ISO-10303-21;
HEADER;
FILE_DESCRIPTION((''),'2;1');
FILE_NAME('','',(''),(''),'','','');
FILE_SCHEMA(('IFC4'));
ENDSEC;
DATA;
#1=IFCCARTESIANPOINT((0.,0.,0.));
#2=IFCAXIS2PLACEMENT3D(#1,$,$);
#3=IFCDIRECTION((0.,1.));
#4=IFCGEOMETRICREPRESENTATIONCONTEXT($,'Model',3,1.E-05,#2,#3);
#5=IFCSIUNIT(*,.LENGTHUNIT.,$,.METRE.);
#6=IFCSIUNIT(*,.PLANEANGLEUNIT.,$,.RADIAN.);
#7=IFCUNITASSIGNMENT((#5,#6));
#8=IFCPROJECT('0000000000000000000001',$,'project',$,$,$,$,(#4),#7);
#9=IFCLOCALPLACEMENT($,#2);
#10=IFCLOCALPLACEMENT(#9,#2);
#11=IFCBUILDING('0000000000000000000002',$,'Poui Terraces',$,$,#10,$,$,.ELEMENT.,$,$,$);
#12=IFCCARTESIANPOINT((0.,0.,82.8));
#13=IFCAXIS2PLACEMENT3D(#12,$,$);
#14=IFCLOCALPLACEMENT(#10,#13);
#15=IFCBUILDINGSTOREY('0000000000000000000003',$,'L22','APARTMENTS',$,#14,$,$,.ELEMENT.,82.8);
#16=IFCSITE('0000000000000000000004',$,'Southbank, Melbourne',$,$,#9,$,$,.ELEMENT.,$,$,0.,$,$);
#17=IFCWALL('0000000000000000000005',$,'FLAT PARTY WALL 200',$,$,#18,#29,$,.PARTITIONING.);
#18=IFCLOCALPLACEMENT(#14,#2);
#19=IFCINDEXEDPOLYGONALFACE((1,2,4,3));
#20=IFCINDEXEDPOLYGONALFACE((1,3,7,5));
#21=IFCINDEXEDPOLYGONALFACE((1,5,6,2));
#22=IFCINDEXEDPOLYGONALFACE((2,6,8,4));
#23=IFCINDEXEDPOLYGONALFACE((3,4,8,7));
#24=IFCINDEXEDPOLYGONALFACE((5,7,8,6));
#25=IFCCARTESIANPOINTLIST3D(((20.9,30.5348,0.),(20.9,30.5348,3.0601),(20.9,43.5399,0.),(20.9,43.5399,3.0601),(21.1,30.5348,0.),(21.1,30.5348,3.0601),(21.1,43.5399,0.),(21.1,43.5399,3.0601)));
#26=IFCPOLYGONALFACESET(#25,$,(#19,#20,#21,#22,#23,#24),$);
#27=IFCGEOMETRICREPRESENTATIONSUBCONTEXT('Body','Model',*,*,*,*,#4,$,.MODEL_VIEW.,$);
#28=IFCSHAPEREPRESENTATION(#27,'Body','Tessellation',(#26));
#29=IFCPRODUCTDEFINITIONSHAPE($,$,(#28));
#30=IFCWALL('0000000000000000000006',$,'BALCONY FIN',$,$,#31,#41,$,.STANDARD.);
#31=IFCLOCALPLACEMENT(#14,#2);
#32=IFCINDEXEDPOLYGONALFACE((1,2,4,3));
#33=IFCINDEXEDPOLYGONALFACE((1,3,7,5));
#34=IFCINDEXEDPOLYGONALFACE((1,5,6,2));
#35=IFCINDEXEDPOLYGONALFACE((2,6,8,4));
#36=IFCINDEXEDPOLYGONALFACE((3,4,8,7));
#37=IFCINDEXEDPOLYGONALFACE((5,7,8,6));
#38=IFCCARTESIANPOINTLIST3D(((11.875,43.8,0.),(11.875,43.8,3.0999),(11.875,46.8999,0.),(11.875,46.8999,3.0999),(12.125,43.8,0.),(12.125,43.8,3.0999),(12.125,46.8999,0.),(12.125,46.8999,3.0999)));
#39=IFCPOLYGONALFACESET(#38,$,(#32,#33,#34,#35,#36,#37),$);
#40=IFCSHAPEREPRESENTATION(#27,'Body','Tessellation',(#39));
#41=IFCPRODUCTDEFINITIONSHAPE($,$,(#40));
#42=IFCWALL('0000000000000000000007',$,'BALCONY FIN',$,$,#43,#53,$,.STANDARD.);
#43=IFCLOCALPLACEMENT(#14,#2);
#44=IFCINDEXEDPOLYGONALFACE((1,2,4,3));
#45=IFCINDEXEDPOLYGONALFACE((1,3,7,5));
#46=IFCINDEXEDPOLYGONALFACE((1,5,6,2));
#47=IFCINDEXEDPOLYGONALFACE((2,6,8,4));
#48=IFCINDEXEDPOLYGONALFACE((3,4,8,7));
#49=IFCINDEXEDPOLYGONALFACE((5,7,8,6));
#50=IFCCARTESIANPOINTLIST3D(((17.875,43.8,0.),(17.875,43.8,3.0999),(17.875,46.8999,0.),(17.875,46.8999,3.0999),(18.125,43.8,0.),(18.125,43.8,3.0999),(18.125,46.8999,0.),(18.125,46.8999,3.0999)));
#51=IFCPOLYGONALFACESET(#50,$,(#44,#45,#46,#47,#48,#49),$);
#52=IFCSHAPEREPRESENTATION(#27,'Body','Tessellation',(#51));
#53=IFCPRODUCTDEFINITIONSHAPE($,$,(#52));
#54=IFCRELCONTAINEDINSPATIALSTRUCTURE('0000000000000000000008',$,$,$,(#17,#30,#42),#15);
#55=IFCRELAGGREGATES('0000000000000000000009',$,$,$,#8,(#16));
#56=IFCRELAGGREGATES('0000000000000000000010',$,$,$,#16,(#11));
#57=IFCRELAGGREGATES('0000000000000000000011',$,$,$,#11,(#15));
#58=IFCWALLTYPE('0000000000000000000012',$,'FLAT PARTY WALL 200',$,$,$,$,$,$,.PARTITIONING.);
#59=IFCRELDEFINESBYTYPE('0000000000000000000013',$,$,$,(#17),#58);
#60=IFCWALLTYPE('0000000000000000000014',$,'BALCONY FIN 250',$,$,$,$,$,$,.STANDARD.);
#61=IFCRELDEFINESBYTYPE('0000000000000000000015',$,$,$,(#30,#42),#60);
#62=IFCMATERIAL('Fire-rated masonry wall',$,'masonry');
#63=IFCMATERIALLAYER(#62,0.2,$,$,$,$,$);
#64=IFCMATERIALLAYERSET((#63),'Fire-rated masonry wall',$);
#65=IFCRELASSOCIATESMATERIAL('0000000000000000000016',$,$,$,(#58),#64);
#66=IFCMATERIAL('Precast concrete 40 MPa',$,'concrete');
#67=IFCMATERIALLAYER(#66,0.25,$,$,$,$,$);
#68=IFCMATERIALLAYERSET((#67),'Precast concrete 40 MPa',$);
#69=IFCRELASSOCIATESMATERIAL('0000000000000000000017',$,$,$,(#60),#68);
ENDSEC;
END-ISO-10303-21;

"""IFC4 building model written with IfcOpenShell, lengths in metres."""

from ifc_helpers import new_model, si_unit, direction, frame, frame_2d, origin, place, context, subcontext, project, spatial, polyline, rectangle, outline, extrude, source, transform, mapped, material, layer, layer_set, type_object, element, save


model = new_model("IFC4")

# Units and contexts
model_context = context("Model", 3, precision=1e-05, world=origin(), true_north=direction((0.0, 1.0)))
body_context = subcontext(model_context, "Body", "Model", "MODEL_VIEW")
ifc_project = project(units=[si_unit("LENGTHUNIT", "METRE"), si_unit("PLANEANGLEUNIT", "RADIAN")], contexts=[model_context])

# Site, building, storey
site_placement = place(None, origin())
site = spatial("IfcSite", under=ifc_project, at=site_placement, Name="Southbank, Melbourne", CompositionType="ELEMENT", RefElevation=0.0)
building_placement = place(site_placement, origin())
building = spatial("IfcBuilding", under=site, at=building_placement, Name="Poui Terraces", CompositionType="ELEMENT")
storey_placement = place(building_placement, frame((0.0, 0.0, 82.8)))
storey = spatial("IfcBuildingStorey", under=building, at=storey_placement, Name="L22", Description="APARTMENTS", CompositionType="ELEMENT", Elevation=82.8)

# Walls
ifc_material_1 = material(Name="Fire-rated masonry wall", Category="masonry")
ifc_layer_1 = layer(ifc_material_1, 0.2)
ifc_layer_set_1 = layer_set([ifc_layer_1], Name="Fire-rated masonry wall")
wall_type_1 = type_object("IfcWallType", Name="FLAT PARTY WALL 200", PredefinedType="PARTITIONING", material=ifc_layer_set_1)
wall_1_placement = place(storey_placement, frame((21.0, 30.5349, 0.0), z_axis=(0.0, 0.0, 1.0), x_axis=(0.0, 1.0, 0.0)))
element("IfcWall", 1, at=wall_1_placement, inside=storey, type_object=wall_type_1, Name="FLAT PARTY WALL 200", PredefinedType="PARTITIONING", context=body_context, shape_type="SweptSolid", body=[
    extrude(rectangle(XDim=13.0051, YDim=0.2, at=frame_2d((6.5024, 0.0))), origin(), (0.0, 0.0, 1.0), 3.0601),
])
ifc_material_2 = material(Name="Precast concrete 40 MPa", Category="concrete")
ifc_layer_2 = layer(ifc_material_2, 0.25)
ifc_layer_set_2 = layer_set([ifc_layer_2], Name="Precast concrete 40 MPa")
wall_type_2 = type_object("IfcWallType", Name="BALCONY FIN 250", PredefinedType="STANDARD", material=ifc_layer_set_2)
shared_shape_1 = source(origin(), body_context, "Body", "SweptSolid", [
    extrude(outline(polyline([(0.0, 0.0), (0.25, 0.0), (0.25, 3.0999), (0.0, 3.0999), (0.0, 0.0)])), origin(), (0.0, 0.0, 1.0), 3.0999),
])
for number, where, name in (
    (2, (11.875, 43.8, 0.0), "BALCONY FIN"),
    (3, (17.875, 43.8, 0.0), "BALCONY FIN"),
):
    element("IfcWall", number, at=place(storey_placement, frame(where)), inside=storey, type_object=wall_type_2, Name=name, PredefinedType="STANDARD", context=body_context, shape_type="MappedRepresentation", body=[
        mapped(shared_shape_1, transform((0.0, 0.0, 0.0))),
    ])

save(model, "model.ifc")
